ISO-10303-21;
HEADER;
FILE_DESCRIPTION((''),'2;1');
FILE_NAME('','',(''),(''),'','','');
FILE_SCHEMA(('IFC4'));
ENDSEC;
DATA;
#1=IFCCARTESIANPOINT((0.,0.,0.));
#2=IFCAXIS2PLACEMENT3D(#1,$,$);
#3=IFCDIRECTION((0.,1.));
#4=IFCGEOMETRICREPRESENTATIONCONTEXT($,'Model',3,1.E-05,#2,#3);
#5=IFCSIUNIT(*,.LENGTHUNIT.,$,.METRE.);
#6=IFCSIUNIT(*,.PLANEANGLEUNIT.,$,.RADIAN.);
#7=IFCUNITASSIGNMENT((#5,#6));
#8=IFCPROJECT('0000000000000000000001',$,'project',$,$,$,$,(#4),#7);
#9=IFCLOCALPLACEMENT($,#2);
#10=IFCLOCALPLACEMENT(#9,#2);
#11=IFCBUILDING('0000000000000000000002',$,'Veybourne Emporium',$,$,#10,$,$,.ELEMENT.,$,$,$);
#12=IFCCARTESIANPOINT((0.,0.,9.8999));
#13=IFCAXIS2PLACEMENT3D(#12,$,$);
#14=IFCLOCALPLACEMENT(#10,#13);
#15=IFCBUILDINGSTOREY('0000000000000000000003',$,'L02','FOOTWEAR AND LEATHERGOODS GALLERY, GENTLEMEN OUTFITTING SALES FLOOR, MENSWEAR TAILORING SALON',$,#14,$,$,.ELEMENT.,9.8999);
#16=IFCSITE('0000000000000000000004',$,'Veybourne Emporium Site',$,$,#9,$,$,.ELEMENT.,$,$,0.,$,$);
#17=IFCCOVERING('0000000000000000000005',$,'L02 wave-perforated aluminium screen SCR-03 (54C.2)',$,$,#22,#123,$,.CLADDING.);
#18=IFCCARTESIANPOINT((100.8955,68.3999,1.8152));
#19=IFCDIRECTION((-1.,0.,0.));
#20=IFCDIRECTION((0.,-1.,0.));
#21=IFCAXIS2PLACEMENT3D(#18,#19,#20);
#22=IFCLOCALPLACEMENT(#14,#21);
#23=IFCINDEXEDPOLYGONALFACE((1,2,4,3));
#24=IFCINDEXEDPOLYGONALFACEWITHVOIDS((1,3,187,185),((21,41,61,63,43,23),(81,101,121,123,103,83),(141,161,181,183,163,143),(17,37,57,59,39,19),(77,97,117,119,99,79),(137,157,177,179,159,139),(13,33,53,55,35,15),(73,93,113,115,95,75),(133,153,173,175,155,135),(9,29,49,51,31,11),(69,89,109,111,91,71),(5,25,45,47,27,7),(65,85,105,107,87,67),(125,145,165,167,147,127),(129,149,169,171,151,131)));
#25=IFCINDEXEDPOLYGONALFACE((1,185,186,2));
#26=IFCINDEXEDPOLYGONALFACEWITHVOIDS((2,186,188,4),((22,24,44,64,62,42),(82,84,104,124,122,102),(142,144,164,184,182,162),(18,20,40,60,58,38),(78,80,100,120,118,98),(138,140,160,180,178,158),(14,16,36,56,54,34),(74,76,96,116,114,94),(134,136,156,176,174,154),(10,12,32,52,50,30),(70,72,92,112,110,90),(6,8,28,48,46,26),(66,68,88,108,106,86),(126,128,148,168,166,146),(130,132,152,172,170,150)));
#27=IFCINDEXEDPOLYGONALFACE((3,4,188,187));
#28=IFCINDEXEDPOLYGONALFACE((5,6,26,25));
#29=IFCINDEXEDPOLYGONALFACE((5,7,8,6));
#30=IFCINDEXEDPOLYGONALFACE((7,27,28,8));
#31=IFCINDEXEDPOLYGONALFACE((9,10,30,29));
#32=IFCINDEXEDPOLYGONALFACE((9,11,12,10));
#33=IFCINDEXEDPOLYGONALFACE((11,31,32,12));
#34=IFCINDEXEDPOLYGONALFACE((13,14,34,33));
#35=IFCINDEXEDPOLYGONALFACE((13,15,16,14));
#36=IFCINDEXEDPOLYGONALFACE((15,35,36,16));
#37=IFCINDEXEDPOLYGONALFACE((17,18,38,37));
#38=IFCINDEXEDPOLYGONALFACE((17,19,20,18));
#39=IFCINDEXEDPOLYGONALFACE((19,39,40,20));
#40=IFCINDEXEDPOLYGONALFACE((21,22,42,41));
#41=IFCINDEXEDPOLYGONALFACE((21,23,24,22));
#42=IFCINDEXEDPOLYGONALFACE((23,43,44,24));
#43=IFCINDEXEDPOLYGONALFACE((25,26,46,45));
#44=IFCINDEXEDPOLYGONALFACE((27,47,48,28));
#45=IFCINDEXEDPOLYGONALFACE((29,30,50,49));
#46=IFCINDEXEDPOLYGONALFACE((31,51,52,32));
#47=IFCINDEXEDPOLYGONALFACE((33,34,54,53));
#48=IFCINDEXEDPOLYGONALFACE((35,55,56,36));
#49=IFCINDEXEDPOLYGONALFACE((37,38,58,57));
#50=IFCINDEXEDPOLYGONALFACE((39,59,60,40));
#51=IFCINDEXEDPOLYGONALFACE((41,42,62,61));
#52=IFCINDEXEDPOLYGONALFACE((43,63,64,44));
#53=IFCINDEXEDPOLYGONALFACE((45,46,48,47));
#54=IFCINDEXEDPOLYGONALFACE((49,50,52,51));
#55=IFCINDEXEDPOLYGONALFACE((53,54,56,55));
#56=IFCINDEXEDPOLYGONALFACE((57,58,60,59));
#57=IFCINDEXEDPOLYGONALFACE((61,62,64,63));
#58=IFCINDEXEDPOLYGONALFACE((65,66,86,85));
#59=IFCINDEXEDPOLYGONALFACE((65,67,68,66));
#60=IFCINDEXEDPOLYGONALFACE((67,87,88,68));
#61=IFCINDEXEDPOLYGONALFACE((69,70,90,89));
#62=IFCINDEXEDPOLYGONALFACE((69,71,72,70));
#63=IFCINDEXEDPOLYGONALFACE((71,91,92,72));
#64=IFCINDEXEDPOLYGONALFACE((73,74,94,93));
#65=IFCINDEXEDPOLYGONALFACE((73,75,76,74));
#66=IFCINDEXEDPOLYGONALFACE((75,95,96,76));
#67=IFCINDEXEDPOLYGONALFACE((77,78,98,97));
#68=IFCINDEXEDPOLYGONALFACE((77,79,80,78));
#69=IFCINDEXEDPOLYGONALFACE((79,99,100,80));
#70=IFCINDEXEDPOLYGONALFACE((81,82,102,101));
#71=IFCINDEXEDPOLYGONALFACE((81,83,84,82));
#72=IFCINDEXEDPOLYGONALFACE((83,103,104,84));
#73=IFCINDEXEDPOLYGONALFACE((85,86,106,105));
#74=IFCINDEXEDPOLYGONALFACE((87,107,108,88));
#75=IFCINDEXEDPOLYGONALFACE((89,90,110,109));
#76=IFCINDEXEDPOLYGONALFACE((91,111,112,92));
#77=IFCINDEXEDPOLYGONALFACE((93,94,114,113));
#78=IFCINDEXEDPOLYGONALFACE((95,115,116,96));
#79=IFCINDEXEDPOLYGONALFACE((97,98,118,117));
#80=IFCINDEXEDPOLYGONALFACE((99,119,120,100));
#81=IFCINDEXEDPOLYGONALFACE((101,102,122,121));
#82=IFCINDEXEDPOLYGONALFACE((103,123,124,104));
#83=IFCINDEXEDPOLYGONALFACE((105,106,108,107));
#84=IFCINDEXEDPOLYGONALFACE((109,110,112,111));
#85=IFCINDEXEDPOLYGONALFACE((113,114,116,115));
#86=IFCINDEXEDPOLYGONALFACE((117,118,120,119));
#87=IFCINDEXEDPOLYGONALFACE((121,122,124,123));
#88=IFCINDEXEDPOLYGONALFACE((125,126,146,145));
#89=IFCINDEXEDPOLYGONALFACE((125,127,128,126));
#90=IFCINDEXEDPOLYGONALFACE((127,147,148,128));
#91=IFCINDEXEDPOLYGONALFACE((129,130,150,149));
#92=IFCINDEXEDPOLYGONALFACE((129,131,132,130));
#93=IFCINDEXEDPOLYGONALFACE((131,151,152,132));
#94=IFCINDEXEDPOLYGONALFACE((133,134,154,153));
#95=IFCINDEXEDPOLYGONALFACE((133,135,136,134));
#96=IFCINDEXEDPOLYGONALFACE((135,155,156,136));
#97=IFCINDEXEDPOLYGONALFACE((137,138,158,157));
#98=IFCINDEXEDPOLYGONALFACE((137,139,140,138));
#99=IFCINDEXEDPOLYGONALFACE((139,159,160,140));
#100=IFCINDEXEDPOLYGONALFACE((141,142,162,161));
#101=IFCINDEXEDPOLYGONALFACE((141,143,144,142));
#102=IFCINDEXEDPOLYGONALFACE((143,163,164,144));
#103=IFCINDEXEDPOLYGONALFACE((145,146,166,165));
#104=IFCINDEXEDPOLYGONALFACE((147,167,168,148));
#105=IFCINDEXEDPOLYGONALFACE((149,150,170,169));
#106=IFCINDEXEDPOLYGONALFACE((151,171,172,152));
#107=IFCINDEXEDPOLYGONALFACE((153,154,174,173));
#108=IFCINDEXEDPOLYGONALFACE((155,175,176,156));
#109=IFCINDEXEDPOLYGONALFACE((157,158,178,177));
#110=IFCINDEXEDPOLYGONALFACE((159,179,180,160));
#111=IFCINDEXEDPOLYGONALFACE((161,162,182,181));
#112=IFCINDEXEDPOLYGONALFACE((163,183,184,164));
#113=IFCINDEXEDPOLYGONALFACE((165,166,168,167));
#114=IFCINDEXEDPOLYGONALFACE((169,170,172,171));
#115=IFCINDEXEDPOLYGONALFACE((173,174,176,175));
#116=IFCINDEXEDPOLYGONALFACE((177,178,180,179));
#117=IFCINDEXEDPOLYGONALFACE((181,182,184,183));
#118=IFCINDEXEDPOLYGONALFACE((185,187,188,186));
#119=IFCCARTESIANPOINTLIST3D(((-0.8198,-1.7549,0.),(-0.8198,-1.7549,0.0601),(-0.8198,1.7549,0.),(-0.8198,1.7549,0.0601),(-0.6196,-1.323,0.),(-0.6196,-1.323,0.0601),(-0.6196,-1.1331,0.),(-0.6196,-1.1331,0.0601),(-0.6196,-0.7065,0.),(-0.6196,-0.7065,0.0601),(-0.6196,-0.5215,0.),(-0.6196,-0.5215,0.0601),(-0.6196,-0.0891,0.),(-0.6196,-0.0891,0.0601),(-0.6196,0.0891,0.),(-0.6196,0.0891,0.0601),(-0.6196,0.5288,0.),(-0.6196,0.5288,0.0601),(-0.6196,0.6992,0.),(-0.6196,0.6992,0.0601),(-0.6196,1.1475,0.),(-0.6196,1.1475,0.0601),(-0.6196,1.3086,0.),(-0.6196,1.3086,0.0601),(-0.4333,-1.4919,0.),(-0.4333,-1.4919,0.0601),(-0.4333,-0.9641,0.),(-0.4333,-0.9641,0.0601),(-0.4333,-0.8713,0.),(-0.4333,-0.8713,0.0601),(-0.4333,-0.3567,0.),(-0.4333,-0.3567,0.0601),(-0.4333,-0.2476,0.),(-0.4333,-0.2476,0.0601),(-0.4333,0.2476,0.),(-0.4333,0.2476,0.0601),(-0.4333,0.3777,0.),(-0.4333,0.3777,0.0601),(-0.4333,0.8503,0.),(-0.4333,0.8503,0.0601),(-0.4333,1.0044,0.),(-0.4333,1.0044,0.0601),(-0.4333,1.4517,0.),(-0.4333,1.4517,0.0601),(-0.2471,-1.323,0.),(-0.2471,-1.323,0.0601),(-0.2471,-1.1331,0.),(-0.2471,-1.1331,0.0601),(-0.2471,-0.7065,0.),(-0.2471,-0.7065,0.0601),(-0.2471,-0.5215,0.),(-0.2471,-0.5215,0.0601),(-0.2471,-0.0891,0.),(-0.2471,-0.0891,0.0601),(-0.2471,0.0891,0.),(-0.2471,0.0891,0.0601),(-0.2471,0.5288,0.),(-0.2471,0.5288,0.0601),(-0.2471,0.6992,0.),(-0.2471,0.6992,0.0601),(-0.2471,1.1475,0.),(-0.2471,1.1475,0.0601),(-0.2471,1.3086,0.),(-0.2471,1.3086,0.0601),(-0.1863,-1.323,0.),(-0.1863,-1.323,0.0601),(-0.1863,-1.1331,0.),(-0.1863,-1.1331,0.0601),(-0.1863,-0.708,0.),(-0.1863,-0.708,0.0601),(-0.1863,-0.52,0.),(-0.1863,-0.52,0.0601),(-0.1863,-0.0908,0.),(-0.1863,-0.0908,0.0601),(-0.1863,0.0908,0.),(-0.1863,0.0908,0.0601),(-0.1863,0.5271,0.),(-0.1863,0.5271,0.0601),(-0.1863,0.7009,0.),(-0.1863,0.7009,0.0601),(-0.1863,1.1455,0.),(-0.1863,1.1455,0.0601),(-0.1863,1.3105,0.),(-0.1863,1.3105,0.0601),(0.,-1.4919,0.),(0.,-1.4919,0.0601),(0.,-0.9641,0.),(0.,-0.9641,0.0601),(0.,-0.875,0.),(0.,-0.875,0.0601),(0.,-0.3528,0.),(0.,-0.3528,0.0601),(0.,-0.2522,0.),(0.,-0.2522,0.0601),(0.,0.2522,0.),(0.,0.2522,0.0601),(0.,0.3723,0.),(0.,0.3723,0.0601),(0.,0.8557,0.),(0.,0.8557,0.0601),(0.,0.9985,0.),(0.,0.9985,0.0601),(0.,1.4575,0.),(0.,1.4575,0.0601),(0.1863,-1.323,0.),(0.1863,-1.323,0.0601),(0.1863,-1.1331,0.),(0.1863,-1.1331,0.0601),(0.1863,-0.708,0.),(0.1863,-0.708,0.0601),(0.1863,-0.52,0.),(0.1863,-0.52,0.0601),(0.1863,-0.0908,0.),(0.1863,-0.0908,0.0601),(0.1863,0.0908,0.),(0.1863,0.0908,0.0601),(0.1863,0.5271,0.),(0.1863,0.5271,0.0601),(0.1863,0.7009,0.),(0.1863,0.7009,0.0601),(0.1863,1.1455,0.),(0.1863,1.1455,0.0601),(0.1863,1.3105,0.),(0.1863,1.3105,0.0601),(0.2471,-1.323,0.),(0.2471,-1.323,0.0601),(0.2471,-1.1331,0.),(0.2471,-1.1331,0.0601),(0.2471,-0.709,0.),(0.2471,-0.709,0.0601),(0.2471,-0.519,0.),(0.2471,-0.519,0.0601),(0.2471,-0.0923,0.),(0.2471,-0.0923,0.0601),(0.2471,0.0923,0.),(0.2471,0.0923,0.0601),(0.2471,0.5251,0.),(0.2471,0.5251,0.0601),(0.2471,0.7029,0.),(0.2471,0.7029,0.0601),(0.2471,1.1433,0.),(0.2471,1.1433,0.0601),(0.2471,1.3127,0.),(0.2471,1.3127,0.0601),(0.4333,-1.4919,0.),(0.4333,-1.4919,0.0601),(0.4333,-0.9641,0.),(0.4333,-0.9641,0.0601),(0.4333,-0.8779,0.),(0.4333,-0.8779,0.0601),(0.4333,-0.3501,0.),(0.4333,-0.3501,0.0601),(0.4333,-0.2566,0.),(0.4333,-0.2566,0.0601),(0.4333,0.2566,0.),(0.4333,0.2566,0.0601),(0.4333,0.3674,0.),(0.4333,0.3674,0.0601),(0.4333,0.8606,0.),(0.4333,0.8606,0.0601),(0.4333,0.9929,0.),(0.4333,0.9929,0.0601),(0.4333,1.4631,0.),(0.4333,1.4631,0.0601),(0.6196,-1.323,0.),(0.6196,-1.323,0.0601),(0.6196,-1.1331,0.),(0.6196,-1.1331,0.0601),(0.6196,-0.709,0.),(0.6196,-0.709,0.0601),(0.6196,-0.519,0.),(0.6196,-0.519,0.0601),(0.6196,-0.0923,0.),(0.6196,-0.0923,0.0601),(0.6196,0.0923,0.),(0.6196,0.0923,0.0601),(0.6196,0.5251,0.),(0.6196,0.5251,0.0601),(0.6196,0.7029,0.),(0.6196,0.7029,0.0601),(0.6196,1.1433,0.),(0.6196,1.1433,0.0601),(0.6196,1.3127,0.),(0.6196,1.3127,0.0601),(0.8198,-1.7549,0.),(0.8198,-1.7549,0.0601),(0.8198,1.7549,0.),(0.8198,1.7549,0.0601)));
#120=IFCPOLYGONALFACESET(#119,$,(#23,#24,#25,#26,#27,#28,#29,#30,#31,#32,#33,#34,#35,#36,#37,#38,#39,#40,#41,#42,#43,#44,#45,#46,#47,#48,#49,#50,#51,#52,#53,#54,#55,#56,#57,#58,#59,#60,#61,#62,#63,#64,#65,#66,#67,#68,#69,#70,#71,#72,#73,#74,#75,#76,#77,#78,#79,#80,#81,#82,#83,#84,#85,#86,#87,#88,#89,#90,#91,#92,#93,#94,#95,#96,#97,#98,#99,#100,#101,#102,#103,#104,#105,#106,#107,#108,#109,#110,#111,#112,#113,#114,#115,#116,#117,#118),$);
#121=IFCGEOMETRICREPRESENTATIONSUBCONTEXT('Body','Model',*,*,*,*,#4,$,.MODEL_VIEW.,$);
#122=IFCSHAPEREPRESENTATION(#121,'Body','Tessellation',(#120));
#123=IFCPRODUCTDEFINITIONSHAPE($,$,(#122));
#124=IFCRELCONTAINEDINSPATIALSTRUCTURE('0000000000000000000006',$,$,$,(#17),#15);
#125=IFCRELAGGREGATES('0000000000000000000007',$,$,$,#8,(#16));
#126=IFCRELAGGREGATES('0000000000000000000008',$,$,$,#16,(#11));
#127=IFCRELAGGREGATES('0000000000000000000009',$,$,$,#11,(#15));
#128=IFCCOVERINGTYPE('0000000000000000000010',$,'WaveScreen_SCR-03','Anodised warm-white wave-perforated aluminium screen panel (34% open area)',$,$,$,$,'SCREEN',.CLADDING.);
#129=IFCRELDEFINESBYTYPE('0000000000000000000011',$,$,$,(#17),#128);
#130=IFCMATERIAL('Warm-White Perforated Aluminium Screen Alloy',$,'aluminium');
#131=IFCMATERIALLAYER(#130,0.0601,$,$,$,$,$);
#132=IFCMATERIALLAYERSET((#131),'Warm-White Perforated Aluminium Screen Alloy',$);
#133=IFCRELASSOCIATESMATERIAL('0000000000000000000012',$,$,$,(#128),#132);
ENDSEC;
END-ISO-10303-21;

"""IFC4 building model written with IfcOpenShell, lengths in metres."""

from ifc_helpers import new_model, si_unit, direction, frame, origin, place, context, subcontext, project, spatial, polyline, outline, extrude, material, layer, layer_set, type_object, element, save


model = new_model("IFC4")

# Units and contexts
model_context = context("Model", 3, precision=1e-05, world=origin(), true_north=direction((0.0, 1.0)))
body_context = subcontext(model_context, "Body", "Model", "MODEL_VIEW")
ifc_project = project(units=[si_unit("LENGTHUNIT", "METRE"), si_unit("PLANEANGLEUNIT", "RADIAN")], contexts=[model_context])

# Site, building, storey
site_placement = place(None, origin())
site = spatial("IfcSite", under=ifc_project, at=site_placement, Name="Veybourne Emporium Site", CompositionType="ELEMENT", RefElevation=0.0)
building_placement = place(site_placement, origin())
building = spatial("IfcBuilding", under=site, at=building_placement, Name="Veybourne Emporium", CompositionType="ELEMENT")
storey_placement = place(building_placement, frame((0.0, 0.0, 9.8999)))
storey = spatial("IfcBuildingStorey", under=building, at=storey_placement, Name="L02", Description="FOOTWEAR AND LEATHERGOODS GALLERY, GENTLEMEN OUTFITTING SALES FLOOR, MENSWEAR TAILORING SALON", CompositionType="ELEMENT", Elevation=9.8999)

# Covering
ifc_material_1 = material(Name="Warm-White Perforated Aluminium Screen Alloy", Category="aluminium")
ifc_layer_1 = layer(ifc_material_1, 0.0601)
ifc_layer_set_1 = layer_set([ifc_layer_1], Name="Warm-White Perforated Aluminium Screen Alloy")
covering_type_1 = type_object("IfcCoveringType", Name="WaveScreen_SCR-03", Description="Anodised warm-white wave-perforated aluminium screen panel (34% open area)", ElementType="SCREEN", PredefinedType="CLADDING", material=ifc_layer_set_1)
covering_1_placement = place(storey_placement, frame((100.8955, 68.3999, 1.8152), z_axis=(-1.0, 0.0, 0.0), x_axis=(0.0, -1.0, 0.0)))
element("IfcCovering", 1, at=covering_1_placement, inside=storey, type_object=covering_type_1, Name="L02 wave-perforated aluminium screen SCR-03 (54C.2)", PredefinedType="CLADDING", context=body_context, shape_type="SweptSolid", body=[
    extrude(outline(polyline([(-0.8198, -1.7549), (0.8198, -1.7549), (0.8198, 1.7549), (-0.8198, 1.7549), (-0.8198, -1.7549)]), holes=[polyline([(-0.4333, -0.9641), (-0.2471, -1.1331), (-0.2471, -1.323), (-0.4333, -1.4919), (-0.6196, -1.323), (-0.6196, -1.1331), (-0.4333, -0.9641)]), polyline([(-0.4333, -0.3567), (-0.2471, -0.5215), (-0.2471, -0.7065), (-0.4333, -0.8713), (-0.6196, -0.7065), (-0.6196, -0.5215), (-0.4333, -0.3567)]), polyline([(-0.4333, 0.2476), (-0.2471, 0.0891), (-0.2471, -0.0891), (-0.4333, -0.2476), (-0.6196, -0.0891), (-0.6196, 0.0891), (-0.4333, 0.2476)]), polyline([(-0.4333, 0.8503), (-0.2471, 0.6992), (-0.2471, 0.5288), (-0.4333, 0.3777), (-0.6196, 0.5288), (-0.6196, 0.6992), (-0.4333, 0.8503)]), polyline([(-0.4333, 1.4517), (-0.2471, 1.3086), (-0.2471, 1.1475), (-0.4333, 1.0044), (-0.6196, 1.1475), (-0.6196, 1.3086), (-0.4333, 1.4517)]), polyline([(0.0, -0.9641), (0.1863, -1.1331), (0.1863, -1.323), (0.0, -1.4919), (-0.1863, -1.323), (-0.1863, -1.1331), (0.0, -0.9641)]), polyline([(0.0, -0.3528), (0.1863, -0.52), (0.1863, -0.708), (0.0, -0.875), (-0.1863, -0.708), (-0.1863, -0.52), (0.0, -0.3528)]), polyline([(0.0, 0.2522), (0.1863, 0.0908), (0.1863, -0.0908), (0.0, -0.2522), (-0.1863, -0.0908), (-0.1863, 0.0908), (0.0, 0.2522)]), polyline([(0.0, 0.8557), (0.1863, 0.7009), (0.1863, 0.5271), (0.0, 0.3723), (-0.1863, 0.5271), (-0.1863, 0.7009), (0.0, 0.8557)]), polyline([(0.0, 1.4575), (0.1863, 1.3105), (0.1863, 1.1455), (0.0, 0.9985), (-0.1863, 1.1455), (-0.1863, 1.3105), (0.0, 1.4575)]), polyline([(0.4333, -0.9641), (0.6196, -1.1331), (0.6196, -1.323), (0.4333, -1.4919), (0.2471, -1.323), (0.2471, -1.1331), (0.4333, -0.9641)]), polyline([(0.4333, -0.3501), (0.6196, -0.519), (0.6196, -0.709), (0.4333, -0.8779), (0.2471, -0.709), (0.2471, -0.519), (0.4333, -0.3501)]), polyline([(0.4333, 0.2566), (0.6196, 0.0923), (0.6196, -0.0923), (0.4333, -0.2566), (0.2471, -0.0923), (0.2471, 0.0923), (0.4333, 0.2566)]), polyline([(0.4333, 0.8606), (0.6196, 0.7029), (0.6196, 0.5251), (0.4333, 0.3674), (0.2471, 0.5251), (0.2471, 0.7029), (0.4333, 0.8606)]), polyline([(0.4333, 1.4631), (0.6196, 1.3127), (0.6196, 1.1433), (0.4333, 0.9929), (0.2471, 1.1433), (0.2471, 1.3127), (0.4333, 1.4631)])]), origin(), (0.0, 0.0, 1.0), 0.0601),
])

save(model, "model.ifc")
